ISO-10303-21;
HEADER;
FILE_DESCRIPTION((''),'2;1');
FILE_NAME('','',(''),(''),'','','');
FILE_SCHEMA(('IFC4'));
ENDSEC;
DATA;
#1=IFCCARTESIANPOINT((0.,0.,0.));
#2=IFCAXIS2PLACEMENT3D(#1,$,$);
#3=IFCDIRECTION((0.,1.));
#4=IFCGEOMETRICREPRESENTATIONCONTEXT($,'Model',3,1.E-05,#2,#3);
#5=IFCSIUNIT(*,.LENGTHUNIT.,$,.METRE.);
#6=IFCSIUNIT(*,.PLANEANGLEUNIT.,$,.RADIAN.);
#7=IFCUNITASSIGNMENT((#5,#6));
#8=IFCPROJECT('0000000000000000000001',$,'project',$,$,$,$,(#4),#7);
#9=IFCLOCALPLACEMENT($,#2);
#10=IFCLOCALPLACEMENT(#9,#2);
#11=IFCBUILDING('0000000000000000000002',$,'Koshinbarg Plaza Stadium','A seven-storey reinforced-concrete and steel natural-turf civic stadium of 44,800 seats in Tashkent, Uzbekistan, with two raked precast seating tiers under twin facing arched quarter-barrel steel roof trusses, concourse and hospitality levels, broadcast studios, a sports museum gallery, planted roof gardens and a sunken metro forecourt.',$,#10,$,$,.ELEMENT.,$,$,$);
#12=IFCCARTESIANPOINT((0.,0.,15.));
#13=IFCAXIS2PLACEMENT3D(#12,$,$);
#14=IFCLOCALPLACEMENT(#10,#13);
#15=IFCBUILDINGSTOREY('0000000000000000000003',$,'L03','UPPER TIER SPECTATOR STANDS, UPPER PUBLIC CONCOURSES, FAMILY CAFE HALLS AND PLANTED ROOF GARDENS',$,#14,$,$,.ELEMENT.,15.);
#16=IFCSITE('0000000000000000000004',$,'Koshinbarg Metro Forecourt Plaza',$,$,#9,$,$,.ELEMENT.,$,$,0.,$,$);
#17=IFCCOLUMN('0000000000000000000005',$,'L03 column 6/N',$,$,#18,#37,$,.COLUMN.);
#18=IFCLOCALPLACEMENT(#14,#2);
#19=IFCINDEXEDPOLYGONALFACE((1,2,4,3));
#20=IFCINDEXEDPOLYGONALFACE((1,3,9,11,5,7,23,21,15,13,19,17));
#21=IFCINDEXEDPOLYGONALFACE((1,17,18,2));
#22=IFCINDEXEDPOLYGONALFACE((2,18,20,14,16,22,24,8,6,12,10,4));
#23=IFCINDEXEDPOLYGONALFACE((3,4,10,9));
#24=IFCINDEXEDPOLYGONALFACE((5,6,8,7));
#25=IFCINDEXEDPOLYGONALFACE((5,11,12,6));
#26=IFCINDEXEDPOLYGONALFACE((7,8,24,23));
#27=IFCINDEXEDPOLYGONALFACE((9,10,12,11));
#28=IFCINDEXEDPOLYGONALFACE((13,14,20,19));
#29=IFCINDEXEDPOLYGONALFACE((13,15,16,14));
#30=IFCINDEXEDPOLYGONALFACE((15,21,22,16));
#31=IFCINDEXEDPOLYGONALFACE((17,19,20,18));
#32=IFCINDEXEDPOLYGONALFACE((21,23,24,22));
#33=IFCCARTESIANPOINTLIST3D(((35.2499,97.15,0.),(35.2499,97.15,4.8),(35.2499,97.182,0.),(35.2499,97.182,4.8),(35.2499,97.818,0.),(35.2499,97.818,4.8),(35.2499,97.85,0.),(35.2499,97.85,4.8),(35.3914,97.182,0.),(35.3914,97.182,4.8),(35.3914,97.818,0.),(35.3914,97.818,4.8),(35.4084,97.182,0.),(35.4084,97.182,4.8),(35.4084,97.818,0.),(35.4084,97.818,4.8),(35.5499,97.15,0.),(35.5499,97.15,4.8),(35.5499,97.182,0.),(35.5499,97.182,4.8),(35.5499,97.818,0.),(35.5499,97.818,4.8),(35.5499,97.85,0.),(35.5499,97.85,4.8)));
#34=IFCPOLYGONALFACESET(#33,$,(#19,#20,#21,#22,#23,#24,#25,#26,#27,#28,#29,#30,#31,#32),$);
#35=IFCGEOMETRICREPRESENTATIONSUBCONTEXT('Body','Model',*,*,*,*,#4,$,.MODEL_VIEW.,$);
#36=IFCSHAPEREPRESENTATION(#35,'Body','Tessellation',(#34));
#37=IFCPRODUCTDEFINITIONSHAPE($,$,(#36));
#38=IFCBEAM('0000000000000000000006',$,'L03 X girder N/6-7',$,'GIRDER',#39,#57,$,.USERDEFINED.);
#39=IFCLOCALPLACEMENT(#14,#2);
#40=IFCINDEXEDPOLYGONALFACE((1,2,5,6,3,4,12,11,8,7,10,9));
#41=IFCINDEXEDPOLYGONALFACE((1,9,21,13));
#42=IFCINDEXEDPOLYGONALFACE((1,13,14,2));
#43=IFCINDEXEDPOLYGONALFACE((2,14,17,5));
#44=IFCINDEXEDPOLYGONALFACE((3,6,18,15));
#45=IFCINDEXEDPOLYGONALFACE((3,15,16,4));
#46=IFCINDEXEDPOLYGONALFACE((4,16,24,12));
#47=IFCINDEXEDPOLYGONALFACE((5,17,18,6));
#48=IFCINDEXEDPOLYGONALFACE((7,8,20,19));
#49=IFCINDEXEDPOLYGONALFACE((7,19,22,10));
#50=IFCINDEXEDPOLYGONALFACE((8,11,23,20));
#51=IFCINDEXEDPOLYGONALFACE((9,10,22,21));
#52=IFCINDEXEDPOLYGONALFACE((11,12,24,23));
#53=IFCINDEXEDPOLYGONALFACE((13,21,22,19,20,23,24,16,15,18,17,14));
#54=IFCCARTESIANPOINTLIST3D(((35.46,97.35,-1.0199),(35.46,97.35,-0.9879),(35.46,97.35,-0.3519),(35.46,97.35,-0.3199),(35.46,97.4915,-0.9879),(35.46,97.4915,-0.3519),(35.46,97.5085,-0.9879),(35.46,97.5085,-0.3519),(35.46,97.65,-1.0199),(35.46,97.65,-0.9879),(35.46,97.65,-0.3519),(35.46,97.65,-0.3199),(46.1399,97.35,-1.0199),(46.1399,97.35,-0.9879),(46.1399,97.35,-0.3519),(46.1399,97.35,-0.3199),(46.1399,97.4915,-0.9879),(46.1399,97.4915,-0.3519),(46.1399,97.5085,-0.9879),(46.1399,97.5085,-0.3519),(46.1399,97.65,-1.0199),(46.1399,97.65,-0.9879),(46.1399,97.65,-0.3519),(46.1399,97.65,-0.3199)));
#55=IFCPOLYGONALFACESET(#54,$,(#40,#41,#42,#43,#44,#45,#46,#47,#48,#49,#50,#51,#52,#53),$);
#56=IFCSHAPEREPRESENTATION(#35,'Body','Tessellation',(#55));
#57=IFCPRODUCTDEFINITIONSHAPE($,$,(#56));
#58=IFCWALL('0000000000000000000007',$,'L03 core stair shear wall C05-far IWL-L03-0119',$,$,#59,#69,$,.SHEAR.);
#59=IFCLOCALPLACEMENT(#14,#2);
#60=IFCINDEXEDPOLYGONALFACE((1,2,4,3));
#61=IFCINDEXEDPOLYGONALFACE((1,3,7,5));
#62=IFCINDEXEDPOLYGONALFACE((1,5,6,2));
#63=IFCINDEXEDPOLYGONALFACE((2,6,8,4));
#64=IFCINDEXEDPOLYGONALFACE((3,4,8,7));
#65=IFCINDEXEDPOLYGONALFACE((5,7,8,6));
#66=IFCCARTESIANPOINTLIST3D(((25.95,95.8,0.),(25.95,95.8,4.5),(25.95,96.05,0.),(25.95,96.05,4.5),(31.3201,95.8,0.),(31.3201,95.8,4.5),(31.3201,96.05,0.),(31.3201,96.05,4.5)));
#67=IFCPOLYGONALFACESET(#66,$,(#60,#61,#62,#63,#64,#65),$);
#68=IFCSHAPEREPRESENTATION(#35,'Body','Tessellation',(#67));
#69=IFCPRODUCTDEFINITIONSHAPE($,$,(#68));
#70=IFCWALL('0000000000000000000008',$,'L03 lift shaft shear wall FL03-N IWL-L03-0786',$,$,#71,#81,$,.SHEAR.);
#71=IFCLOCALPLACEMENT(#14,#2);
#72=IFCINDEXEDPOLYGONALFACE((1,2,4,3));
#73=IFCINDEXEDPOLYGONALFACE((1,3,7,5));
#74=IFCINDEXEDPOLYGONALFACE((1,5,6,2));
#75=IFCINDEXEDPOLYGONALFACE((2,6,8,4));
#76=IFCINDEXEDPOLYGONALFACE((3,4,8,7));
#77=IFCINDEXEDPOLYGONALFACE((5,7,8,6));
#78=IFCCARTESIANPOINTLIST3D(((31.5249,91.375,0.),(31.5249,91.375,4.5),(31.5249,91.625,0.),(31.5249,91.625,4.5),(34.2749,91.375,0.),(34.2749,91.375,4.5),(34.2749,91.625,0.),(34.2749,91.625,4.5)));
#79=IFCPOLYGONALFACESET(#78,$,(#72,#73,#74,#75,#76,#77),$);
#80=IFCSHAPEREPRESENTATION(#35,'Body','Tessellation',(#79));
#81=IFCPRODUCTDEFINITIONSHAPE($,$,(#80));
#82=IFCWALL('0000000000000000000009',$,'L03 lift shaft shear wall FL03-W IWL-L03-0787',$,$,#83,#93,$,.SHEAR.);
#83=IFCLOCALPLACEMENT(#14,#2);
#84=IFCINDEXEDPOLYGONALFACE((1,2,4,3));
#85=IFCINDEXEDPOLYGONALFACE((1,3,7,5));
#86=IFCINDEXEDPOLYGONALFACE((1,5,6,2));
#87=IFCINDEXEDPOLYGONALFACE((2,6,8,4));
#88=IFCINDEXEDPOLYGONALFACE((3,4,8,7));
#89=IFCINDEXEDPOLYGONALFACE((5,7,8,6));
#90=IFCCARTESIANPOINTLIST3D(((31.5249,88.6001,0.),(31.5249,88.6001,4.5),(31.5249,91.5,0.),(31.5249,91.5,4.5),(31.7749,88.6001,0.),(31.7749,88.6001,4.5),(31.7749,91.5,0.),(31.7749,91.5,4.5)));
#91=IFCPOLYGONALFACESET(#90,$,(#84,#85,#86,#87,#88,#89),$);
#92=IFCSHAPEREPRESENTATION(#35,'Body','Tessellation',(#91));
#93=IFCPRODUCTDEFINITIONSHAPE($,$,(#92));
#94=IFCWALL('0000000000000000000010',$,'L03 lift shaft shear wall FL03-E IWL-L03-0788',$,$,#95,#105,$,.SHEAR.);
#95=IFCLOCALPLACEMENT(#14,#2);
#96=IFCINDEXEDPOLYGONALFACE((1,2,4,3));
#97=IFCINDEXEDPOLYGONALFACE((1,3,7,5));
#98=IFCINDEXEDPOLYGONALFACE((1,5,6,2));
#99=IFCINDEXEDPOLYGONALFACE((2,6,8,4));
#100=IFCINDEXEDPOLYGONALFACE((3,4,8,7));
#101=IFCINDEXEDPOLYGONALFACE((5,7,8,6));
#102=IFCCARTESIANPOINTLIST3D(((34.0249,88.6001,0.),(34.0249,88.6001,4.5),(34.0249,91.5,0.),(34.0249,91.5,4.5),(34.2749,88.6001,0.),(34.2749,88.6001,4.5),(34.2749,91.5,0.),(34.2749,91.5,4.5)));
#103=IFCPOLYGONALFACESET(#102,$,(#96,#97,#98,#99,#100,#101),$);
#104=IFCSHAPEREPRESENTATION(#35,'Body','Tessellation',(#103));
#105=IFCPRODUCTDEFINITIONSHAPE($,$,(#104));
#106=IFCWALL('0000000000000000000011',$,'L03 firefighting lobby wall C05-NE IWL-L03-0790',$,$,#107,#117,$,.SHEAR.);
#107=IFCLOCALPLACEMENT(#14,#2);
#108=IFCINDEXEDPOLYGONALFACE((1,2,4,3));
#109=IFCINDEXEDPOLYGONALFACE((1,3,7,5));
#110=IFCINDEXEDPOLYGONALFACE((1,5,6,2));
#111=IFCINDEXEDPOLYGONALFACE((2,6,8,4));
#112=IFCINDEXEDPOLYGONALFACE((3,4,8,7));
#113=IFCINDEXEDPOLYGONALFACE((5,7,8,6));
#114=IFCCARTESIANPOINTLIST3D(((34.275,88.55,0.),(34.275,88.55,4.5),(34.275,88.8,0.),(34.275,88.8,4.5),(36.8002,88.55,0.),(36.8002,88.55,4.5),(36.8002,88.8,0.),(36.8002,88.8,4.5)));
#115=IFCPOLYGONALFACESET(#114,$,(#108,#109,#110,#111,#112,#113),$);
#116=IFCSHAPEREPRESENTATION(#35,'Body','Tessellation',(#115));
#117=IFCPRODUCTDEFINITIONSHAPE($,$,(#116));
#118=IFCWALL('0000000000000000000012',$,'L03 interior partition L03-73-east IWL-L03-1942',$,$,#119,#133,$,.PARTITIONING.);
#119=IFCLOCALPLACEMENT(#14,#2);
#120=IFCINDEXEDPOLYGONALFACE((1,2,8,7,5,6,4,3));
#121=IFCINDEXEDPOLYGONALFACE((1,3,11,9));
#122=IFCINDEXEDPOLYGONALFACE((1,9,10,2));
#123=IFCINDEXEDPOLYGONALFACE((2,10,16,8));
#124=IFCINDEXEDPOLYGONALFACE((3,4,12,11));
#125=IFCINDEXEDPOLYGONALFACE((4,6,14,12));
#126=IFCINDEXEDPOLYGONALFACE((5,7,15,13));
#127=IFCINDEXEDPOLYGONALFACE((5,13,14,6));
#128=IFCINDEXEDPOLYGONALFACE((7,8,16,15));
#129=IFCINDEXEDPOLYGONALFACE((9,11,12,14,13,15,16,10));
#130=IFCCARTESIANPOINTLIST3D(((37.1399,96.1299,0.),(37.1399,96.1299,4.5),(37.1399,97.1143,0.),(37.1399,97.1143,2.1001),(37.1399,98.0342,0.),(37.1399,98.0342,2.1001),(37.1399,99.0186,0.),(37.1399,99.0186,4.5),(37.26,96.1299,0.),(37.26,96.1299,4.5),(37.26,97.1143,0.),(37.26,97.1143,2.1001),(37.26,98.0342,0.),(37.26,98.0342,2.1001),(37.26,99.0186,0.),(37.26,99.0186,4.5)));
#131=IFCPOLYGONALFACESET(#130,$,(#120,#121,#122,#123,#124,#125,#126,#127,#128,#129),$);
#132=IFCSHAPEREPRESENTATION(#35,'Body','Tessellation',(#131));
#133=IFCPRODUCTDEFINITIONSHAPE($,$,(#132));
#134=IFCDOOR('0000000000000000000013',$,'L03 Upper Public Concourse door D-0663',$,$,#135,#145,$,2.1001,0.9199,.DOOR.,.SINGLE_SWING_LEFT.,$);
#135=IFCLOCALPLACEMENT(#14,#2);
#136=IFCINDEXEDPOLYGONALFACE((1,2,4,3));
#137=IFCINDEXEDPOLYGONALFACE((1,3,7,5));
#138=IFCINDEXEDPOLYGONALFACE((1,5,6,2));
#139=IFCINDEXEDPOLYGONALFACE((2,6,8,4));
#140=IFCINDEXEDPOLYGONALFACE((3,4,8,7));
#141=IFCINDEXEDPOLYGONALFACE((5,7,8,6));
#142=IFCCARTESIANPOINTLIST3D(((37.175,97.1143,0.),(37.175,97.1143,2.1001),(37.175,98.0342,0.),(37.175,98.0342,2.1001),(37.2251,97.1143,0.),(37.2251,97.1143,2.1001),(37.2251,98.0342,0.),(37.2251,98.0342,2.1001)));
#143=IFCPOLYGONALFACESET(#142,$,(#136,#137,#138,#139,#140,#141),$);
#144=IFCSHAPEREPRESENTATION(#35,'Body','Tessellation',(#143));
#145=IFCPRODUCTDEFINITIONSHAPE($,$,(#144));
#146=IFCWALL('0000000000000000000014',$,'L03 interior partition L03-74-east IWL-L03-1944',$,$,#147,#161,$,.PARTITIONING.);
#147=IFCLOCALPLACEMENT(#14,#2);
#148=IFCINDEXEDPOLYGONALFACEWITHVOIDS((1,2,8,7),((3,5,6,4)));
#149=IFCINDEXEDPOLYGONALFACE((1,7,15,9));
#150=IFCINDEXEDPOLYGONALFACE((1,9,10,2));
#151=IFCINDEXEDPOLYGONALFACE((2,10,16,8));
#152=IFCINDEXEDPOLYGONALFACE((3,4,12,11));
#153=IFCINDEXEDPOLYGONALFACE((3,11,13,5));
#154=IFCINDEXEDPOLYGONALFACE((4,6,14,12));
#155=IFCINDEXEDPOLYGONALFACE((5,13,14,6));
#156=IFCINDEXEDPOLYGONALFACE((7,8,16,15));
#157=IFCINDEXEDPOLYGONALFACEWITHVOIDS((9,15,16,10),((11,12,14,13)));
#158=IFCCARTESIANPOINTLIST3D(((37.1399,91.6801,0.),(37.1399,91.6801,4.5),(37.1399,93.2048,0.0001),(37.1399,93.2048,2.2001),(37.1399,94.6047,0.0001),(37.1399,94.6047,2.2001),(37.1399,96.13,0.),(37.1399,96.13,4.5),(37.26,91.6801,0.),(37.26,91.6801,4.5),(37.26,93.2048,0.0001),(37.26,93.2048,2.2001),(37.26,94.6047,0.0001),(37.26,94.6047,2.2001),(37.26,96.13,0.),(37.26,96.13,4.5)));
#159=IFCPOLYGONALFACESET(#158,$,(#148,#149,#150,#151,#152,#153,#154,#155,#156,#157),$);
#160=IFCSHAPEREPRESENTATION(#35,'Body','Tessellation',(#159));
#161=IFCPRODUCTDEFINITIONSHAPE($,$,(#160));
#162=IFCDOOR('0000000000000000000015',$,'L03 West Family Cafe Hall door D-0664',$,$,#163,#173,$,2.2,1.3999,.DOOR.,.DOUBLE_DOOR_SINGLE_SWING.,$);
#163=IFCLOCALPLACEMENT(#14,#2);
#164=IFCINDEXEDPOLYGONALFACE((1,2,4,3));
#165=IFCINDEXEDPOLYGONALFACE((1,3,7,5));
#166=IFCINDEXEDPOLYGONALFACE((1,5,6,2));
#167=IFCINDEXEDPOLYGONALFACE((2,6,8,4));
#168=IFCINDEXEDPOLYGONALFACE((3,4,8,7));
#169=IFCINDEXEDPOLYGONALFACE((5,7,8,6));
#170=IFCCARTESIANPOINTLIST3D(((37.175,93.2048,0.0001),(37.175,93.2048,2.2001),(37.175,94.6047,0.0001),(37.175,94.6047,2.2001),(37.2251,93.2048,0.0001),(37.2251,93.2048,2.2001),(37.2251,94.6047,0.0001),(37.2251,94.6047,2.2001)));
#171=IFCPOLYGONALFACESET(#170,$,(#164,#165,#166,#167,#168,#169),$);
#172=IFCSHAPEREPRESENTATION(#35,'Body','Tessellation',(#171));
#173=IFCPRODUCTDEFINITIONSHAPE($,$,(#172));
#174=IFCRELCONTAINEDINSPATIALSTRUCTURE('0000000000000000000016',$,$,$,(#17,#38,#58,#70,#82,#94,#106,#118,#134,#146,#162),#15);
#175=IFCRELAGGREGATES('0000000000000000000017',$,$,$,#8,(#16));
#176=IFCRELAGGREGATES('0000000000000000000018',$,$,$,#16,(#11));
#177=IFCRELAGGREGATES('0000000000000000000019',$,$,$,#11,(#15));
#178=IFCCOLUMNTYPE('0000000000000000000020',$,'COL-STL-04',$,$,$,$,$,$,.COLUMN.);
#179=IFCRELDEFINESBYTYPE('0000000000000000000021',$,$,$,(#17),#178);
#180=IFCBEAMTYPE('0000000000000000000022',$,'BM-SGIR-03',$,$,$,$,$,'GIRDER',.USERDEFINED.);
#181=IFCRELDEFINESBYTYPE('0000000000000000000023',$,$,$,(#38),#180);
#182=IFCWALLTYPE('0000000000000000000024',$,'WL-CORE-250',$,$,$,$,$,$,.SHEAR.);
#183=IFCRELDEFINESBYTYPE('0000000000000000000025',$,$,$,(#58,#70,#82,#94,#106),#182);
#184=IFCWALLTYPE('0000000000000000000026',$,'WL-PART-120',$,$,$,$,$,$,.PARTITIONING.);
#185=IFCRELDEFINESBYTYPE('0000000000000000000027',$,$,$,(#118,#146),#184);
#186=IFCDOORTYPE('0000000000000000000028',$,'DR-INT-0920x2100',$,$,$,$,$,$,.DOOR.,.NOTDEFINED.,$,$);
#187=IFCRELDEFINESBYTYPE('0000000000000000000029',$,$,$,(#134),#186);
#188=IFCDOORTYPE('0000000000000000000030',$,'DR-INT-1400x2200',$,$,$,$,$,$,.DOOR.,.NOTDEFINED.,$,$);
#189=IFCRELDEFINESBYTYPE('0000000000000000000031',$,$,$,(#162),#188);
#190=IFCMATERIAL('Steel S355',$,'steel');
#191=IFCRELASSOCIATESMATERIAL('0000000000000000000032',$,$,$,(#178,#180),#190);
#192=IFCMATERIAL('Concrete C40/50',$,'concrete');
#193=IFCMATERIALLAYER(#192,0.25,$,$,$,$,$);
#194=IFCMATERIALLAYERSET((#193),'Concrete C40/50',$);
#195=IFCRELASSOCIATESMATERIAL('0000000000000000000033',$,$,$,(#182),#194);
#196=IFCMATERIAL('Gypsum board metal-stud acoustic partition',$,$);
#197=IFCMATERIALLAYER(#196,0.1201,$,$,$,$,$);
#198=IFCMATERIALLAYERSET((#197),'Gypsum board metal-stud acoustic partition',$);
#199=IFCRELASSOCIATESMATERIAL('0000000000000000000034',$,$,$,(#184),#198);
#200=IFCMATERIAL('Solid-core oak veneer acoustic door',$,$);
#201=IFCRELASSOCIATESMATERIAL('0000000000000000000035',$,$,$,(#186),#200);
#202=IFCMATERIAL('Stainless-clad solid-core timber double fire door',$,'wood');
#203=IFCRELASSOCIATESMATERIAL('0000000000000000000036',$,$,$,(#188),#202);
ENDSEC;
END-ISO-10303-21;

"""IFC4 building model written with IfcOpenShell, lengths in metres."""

from ifc_helpers import new_model, si_unit, direction, frame, frame_2d, origin, origin_2d, place, context, subcontext, project, spatial, rectangle, i_section, extrude, material, layer, layer_set, material_profile, profile_set, type_object, element, fill, save


model = new_model("IFC4")

# Units and contexts
model_context = context("Model", 3, precision=1e-05, world=origin(), true_north=direction((0.0, 1.0)))
body_context = subcontext(model_context, "Body", "Model", "MODEL_VIEW")
ifc_project = project(units=[si_unit("LENGTHUNIT", "METRE"), si_unit("PLANEANGLEUNIT", "RADIAN")], contexts=[model_context])

# Site, building, storey
site_placement = place(None, origin())
site = spatial("IfcSite", under=ifc_project, at=site_placement, Name="Koshinbarg Metro Forecourt Plaza", CompositionType="ELEMENT", RefElevation=0.0)
building_placement = place(site_placement, origin())
building = spatial("IfcBuilding", under=site, at=building_placement, Name="Koshinbarg Plaza Stadium", Description="A seven-storey reinforced-concrete and steel natural-turf civic stadium of 44,800 seats in Tashkent, Uzbekistan, with two raked precast seating tiers under twin facing arched quarter-barrel steel roof trusses, concourse and hospitality levels, broadcast studios, a sports museum gallery, planted roof gardens and a sunken metro forecourt.", CompositionType="ELEMENT")
storey_placement = place(building_placement, frame((0.0, 0.0, 15.0)))
storey = spatial("IfcBuildingStorey", under=building, at=storey_placement, Name="L03", Description="UPPER TIER SPECTATOR STANDS, UPPER PUBLIC CONCOURSES, FAMILY CAFE HALLS AND PLANTED ROOF GARDENS", CompositionType="ELEMENT", Elevation=15.0)

# Column
ifc_material_1 = material(Name="Steel S355", Category="steel")
ifc_material_profile_1 = material_profile(ifc_material_1, i_section(OverallWidth=0.3, OverallDepth=0.7, WebThickness=0.0171, FlangeThickness=0.032, at=origin_2d()), Name="HEB 700")
ifc_profile_set_1 = profile_set([ifc_material_profile_1], Name="Steel S355")
column_type = type_object("IfcColumnType", Name="COL-STL-04", PredefinedType="COLUMN", material=ifc_profile_set_1)
column_placement = place(storey_placement, frame((35.3999, 97.5, 0.0), z_axis=(0.0, 0.0, 1.0), x_axis=(1.0, 0.0, 0.0)))
element("IfcColumn", 1, at=column_placement, inside=storey, type_object=column_type, Name="L03 column 6/N", PredefinedType="COLUMN", context=body_context, shape_type="SweptSolid", body=[
    extrude(i_section(OverallWidth=0.3, OverallDepth=0.7, WebThickness=0.0171, FlangeThickness=0.032, at=origin_2d()), origin(), (0.0, 0.0, 1.0), 4.8),
])

# Beam
ifc_material_profile_2 = material_profile(ifc_material_1, i_section(OverallWidth=0.3, OverallDepth=0.7, WebThickness=0.0171, FlangeThickness=0.032, at=origin_2d()), Name="HEB 700")
ifc_profile_set_2 = profile_set([ifc_material_profile_2], Name="Steel S355")
beam_type = type_object("IfcBeamType", Name="BM-SGIR-03", ElementType="GIRDER", PredefinedType="USERDEFINED", material=ifc_profile_set_2)
beam_placement = place(storey_placement, frame((35.46, 97.5, -0.6699), z_axis=(1.0, 0.0, 0.0), x_axis=(0.0, 1.0, 0.0)))
element("IfcBeam", 2, at=beam_placement, inside=storey, type_object=beam_type, Name="L03 X girder N/6-7", ObjectType="GIRDER", PredefinedType="USERDEFINED", context=body_context, shape_type="SweptSolid", body=[
    extrude(i_section(OverallWidth=0.3, OverallDepth=0.7, WebThickness=0.0171, FlangeThickness=0.032, at=origin_2d()), origin(), (0.0, 0.0, 1.0), 10.6799),
])

# Wall
ifc_material_2 = material(Name="Concrete C40/50", Category="concrete")
ifc_layer_1 = layer(ifc_material_2, 0.25)
ifc_layer_set_1 = layer_set([ifc_layer_1], Name="Concrete C40/50")
wall_type_1 = type_object("IfcWallType", Name="WL-CORE-250", PredefinedType="SHEAR", material=ifc_layer_set_1)
wall_1_placement = place(storey_placement, frame((31.3201, 95.925, 0.0), z_axis=(0.0, 0.0, 1.0), x_axis=(-1.0, 0.0, 0.0)))
element("IfcWall", 3, at=wall_1_placement, inside=storey, type_object=wall_type_1, Name="L03 core stair shear wall C05-far IWL-L03-0119", PredefinedType="SHEAR", context=body_context, shape_type="SweptSolid", body=[
    extrude(rectangle(XDim=5.3701, YDim=0.25, at=frame_2d((2.6851, 0.0))), origin(), (0.0, 0.0, 1.0), 4.5),
])

# Walls
wall_2_placement = place(storey_placement, frame((34.2749, 91.5, 0.0), z_axis=(0.0, 0.0, 1.0), x_axis=(-1.0, 0.0, 0.0)))
element("IfcWall", 4, at=wall_2_placement, inside=storey, type_object=wall_type_1, Name="L03 lift shaft shear wall FL03-N IWL-L03-0786", PredefinedType="SHEAR", context=body_context, shape_type="SweptSolid", body=[
    extrude(rectangle(XDim=2.75, YDim=0.25, at=frame_2d((1.375, 0.0))), origin(), (0.0, 0.0, 1.0), 4.5),
])
for number, where, z_axis, x_axis, name in (
    (5, (31.6499, 91.5, 0.0), (0.0, 0.0, 1.0), (0.0, -1.0, 0.0), "L03 lift shaft shear wall FL03-W IWL-L03-0787"),
    (6, (34.1499, 88.6001, 0.0), (0.0, 0.0, 1.0), (0.0, 1.0, 0.0), "L03 lift shaft shear wall FL03-E IWL-L03-0788"),
):
    element("IfcWall", number, at=place(storey_placement, frame(where, z_axis=z_axis, x_axis=x_axis)), inside=storey, type_object=wall_type_1, Name=name, PredefinedType="SHEAR", context=body_context, shape_type="SweptSolid", body=[
        extrude(rectangle(XDim=2.8999, YDim=0.25, at=frame_2d((1.45, 0.0))), origin(), (0.0, 0.0, 1.0), 4.5),
    ])
wall_3_placement = place(storey_placement, frame((34.2749, 88.675, 0.0), z_axis=(0.0, 0.0, 1.0), x_axis=(1.0, 0.0, 0.0)))
element("IfcWall", 7, at=wall_3_placement, inside=storey, type_object=wall_type_1, Name="L03 firefighting lobby wall C05-NE IWL-L03-0790", PredefinedType="SHEAR", context=body_context, shape_type="SweptSolid", body=[
    extrude(rectangle(XDim=2.5251, YDim=0.25, at=frame_2d((1.2627, 0.0))), origin(), (0.0, 0.0, 1.0), 4.5),
])

# Walls, openings, doors
ifc_material_3 = material(Name="Gypsum board metal-stud acoustic partition")
ifc_layer_2 = layer(ifc_material_3, 0.1201)
ifc_layer_set_2 = layer_set([ifc_layer_2], Name="Gypsum board metal-stud acoustic partition")
wall_type_2 = type_object("IfcWallType", Name="WL-PART-120", PredefinedType="PARTITIONING", material=ifc_layer_set_2)
wall_4_placement = place(storey_placement, frame((37.2, 96.1299, 0.0), z_axis=(0.0, 0.0, 1.0), x_axis=(0.0, 1.0, 0.0)))
wall_4 = element("IfcWall", 8, at=wall_4_placement, inside=storey, type_object=wall_type_2, Name="L03 interior partition L03-73-east IWL-L03-1942", PredefinedType="PARTITIONING", context=body_context, shape_type="SweptSolid", body=[
    extrude(rectangle(XDim=2.8887, YDim=0.1201, at=frame_2d((1.4443, 0.0))), origin(), (0.0, 0.0, 1.0), 4.5),
])
opening_1_placement = place(wall_4_placement, frame((0.9844, 0.0, 0.0)))
opening_1 = element("IfcOpeningElement", 9, at=opening_1_placement, cuts=wall_4, PredefinedType="OPENING", context=body_context, shape_type="SweptSolid", body=[
    extrude(rectangle(XDim=0.9199, YDim=2.1001, at=frame_2d((0.46, 1.05))), frame((0.0, 0.0701, 0.0), z_axis=(0.0, -1.0, 0.0), x_axis=(1.0, 0.0, 0.0)), (0.0, 0.0, 1.0), 0.1401),
])
ifc_material_4 = material(Name="Solid-core oak veneer acoustic door")
door_type_1 = type_object("IfcDoorType", Name="DR-INT-0920x2100", OperationType="NOTDEFINED", PredefinedType="DOOR", material=ifc_material_4)
door_1_placement = place(opening_1_placement, origin())
door_1 = element("IfcDoor", 10, at=door_1_placement, inside=storey, type_object=door_type_1, Name="L03 Upper Public Concourse door D-0663", OperationType="SINGLE_SWING_LEFT", OverallHeight=2.1001, OverallWidth=0.9199, PredefinedType="DOOR", context=body_context, shape_type="SweptSolid", body=[
    extrude(rectangle(XDim=0.9199, YDim=2.1001, at=frame_2d((0.46, 1.05))), frame((0.0, 0.0249, 0.0), z_axis=(0.0, -1.0, 0.0), x_axis=(1.0, 0.0, 0.0)), (0.0, 0.0, 1.0), 0.05),
])
fill(opening_1, door_1)
wall_5_placement = place(storey_placement, frame((37.2, 91.6799, 0.0), z_axis=(0.0, 0.0, 1.0), x_axis=(0.0, 1.0, 0.0)))
wall_5 = element("IfcWall", 11, at=wall_5_placement, inside=storey, type_object=wall_type_2, Name="L03 interior partition L03-74-east IWL-L03-1944", PredefinedType="PARTITIONING", context=body_context, shape_type="SweptSolid", body=[
    extrude(rectangle(XDim=4.45, YDim=0.1201, at=frame_2d((2.2251, 0.0))), origin(), (0.0, 0.0, 1.0), 4.5),
])
opening_2_placement = place(wall_5_placement, frame((1.5249, 0.0, 0.0)))
opening_2 = element("IfcOpeningElement", 12, at=opening_2_placement, cuts=wall_5, PredefinedType="OPENING", context=body_context, shape_type="SweptSolid", body=[
    extrude(rectangle(XDim=1.3999, YDim=2.2, at=frame_2d((0.7, 1.1001))), frame((0.0, 0.0701, 0.0), z_axis=(0.0, -1.0, 0.0), x_axis=(1.0, 0.0, 0.0)), (0.0, 0.0, 1.0), 0.1401),
])
ifc_material_5 = material(Name="Stainless-clad solid-core timber double fire door", Category="wood")
door_type_2 = type_object("IfcDoorType", Name="DR-INT-1400x2200", OperationType="NOTDEFINED", PredefinedType="DOOR", material=ifc_material_5)
door_2_placement = place(opening_2_placement, origin())
door_2 = element("IfcDoor", 13, at=door_2_placement, inside=storey, type_object=door_type_2, Name="L03 West Family Cafe Hall door D-0664", OperationType="DOUBLE_DOOR_SINGLE_SWING", OverallHeight=2.2, OverallWidth=1.3999, PredefinedType="DOOR", context=body_context, shape_type="SweptSolid", body=[
    extrude(rectangle(XDim=1.3999, YDim=2.2, at=frame_2d((0.7, 1.1001))), frame((0.0, 0.0249, 0.0), z_axis=(0.0, -1.0, 0.0), x_axis=(1.0, 0.0, 0.0)), (0.0, 0.0, 1.0), 0.05),
])
fill(opening_2, door_2)

save(model, "model.ifc")
